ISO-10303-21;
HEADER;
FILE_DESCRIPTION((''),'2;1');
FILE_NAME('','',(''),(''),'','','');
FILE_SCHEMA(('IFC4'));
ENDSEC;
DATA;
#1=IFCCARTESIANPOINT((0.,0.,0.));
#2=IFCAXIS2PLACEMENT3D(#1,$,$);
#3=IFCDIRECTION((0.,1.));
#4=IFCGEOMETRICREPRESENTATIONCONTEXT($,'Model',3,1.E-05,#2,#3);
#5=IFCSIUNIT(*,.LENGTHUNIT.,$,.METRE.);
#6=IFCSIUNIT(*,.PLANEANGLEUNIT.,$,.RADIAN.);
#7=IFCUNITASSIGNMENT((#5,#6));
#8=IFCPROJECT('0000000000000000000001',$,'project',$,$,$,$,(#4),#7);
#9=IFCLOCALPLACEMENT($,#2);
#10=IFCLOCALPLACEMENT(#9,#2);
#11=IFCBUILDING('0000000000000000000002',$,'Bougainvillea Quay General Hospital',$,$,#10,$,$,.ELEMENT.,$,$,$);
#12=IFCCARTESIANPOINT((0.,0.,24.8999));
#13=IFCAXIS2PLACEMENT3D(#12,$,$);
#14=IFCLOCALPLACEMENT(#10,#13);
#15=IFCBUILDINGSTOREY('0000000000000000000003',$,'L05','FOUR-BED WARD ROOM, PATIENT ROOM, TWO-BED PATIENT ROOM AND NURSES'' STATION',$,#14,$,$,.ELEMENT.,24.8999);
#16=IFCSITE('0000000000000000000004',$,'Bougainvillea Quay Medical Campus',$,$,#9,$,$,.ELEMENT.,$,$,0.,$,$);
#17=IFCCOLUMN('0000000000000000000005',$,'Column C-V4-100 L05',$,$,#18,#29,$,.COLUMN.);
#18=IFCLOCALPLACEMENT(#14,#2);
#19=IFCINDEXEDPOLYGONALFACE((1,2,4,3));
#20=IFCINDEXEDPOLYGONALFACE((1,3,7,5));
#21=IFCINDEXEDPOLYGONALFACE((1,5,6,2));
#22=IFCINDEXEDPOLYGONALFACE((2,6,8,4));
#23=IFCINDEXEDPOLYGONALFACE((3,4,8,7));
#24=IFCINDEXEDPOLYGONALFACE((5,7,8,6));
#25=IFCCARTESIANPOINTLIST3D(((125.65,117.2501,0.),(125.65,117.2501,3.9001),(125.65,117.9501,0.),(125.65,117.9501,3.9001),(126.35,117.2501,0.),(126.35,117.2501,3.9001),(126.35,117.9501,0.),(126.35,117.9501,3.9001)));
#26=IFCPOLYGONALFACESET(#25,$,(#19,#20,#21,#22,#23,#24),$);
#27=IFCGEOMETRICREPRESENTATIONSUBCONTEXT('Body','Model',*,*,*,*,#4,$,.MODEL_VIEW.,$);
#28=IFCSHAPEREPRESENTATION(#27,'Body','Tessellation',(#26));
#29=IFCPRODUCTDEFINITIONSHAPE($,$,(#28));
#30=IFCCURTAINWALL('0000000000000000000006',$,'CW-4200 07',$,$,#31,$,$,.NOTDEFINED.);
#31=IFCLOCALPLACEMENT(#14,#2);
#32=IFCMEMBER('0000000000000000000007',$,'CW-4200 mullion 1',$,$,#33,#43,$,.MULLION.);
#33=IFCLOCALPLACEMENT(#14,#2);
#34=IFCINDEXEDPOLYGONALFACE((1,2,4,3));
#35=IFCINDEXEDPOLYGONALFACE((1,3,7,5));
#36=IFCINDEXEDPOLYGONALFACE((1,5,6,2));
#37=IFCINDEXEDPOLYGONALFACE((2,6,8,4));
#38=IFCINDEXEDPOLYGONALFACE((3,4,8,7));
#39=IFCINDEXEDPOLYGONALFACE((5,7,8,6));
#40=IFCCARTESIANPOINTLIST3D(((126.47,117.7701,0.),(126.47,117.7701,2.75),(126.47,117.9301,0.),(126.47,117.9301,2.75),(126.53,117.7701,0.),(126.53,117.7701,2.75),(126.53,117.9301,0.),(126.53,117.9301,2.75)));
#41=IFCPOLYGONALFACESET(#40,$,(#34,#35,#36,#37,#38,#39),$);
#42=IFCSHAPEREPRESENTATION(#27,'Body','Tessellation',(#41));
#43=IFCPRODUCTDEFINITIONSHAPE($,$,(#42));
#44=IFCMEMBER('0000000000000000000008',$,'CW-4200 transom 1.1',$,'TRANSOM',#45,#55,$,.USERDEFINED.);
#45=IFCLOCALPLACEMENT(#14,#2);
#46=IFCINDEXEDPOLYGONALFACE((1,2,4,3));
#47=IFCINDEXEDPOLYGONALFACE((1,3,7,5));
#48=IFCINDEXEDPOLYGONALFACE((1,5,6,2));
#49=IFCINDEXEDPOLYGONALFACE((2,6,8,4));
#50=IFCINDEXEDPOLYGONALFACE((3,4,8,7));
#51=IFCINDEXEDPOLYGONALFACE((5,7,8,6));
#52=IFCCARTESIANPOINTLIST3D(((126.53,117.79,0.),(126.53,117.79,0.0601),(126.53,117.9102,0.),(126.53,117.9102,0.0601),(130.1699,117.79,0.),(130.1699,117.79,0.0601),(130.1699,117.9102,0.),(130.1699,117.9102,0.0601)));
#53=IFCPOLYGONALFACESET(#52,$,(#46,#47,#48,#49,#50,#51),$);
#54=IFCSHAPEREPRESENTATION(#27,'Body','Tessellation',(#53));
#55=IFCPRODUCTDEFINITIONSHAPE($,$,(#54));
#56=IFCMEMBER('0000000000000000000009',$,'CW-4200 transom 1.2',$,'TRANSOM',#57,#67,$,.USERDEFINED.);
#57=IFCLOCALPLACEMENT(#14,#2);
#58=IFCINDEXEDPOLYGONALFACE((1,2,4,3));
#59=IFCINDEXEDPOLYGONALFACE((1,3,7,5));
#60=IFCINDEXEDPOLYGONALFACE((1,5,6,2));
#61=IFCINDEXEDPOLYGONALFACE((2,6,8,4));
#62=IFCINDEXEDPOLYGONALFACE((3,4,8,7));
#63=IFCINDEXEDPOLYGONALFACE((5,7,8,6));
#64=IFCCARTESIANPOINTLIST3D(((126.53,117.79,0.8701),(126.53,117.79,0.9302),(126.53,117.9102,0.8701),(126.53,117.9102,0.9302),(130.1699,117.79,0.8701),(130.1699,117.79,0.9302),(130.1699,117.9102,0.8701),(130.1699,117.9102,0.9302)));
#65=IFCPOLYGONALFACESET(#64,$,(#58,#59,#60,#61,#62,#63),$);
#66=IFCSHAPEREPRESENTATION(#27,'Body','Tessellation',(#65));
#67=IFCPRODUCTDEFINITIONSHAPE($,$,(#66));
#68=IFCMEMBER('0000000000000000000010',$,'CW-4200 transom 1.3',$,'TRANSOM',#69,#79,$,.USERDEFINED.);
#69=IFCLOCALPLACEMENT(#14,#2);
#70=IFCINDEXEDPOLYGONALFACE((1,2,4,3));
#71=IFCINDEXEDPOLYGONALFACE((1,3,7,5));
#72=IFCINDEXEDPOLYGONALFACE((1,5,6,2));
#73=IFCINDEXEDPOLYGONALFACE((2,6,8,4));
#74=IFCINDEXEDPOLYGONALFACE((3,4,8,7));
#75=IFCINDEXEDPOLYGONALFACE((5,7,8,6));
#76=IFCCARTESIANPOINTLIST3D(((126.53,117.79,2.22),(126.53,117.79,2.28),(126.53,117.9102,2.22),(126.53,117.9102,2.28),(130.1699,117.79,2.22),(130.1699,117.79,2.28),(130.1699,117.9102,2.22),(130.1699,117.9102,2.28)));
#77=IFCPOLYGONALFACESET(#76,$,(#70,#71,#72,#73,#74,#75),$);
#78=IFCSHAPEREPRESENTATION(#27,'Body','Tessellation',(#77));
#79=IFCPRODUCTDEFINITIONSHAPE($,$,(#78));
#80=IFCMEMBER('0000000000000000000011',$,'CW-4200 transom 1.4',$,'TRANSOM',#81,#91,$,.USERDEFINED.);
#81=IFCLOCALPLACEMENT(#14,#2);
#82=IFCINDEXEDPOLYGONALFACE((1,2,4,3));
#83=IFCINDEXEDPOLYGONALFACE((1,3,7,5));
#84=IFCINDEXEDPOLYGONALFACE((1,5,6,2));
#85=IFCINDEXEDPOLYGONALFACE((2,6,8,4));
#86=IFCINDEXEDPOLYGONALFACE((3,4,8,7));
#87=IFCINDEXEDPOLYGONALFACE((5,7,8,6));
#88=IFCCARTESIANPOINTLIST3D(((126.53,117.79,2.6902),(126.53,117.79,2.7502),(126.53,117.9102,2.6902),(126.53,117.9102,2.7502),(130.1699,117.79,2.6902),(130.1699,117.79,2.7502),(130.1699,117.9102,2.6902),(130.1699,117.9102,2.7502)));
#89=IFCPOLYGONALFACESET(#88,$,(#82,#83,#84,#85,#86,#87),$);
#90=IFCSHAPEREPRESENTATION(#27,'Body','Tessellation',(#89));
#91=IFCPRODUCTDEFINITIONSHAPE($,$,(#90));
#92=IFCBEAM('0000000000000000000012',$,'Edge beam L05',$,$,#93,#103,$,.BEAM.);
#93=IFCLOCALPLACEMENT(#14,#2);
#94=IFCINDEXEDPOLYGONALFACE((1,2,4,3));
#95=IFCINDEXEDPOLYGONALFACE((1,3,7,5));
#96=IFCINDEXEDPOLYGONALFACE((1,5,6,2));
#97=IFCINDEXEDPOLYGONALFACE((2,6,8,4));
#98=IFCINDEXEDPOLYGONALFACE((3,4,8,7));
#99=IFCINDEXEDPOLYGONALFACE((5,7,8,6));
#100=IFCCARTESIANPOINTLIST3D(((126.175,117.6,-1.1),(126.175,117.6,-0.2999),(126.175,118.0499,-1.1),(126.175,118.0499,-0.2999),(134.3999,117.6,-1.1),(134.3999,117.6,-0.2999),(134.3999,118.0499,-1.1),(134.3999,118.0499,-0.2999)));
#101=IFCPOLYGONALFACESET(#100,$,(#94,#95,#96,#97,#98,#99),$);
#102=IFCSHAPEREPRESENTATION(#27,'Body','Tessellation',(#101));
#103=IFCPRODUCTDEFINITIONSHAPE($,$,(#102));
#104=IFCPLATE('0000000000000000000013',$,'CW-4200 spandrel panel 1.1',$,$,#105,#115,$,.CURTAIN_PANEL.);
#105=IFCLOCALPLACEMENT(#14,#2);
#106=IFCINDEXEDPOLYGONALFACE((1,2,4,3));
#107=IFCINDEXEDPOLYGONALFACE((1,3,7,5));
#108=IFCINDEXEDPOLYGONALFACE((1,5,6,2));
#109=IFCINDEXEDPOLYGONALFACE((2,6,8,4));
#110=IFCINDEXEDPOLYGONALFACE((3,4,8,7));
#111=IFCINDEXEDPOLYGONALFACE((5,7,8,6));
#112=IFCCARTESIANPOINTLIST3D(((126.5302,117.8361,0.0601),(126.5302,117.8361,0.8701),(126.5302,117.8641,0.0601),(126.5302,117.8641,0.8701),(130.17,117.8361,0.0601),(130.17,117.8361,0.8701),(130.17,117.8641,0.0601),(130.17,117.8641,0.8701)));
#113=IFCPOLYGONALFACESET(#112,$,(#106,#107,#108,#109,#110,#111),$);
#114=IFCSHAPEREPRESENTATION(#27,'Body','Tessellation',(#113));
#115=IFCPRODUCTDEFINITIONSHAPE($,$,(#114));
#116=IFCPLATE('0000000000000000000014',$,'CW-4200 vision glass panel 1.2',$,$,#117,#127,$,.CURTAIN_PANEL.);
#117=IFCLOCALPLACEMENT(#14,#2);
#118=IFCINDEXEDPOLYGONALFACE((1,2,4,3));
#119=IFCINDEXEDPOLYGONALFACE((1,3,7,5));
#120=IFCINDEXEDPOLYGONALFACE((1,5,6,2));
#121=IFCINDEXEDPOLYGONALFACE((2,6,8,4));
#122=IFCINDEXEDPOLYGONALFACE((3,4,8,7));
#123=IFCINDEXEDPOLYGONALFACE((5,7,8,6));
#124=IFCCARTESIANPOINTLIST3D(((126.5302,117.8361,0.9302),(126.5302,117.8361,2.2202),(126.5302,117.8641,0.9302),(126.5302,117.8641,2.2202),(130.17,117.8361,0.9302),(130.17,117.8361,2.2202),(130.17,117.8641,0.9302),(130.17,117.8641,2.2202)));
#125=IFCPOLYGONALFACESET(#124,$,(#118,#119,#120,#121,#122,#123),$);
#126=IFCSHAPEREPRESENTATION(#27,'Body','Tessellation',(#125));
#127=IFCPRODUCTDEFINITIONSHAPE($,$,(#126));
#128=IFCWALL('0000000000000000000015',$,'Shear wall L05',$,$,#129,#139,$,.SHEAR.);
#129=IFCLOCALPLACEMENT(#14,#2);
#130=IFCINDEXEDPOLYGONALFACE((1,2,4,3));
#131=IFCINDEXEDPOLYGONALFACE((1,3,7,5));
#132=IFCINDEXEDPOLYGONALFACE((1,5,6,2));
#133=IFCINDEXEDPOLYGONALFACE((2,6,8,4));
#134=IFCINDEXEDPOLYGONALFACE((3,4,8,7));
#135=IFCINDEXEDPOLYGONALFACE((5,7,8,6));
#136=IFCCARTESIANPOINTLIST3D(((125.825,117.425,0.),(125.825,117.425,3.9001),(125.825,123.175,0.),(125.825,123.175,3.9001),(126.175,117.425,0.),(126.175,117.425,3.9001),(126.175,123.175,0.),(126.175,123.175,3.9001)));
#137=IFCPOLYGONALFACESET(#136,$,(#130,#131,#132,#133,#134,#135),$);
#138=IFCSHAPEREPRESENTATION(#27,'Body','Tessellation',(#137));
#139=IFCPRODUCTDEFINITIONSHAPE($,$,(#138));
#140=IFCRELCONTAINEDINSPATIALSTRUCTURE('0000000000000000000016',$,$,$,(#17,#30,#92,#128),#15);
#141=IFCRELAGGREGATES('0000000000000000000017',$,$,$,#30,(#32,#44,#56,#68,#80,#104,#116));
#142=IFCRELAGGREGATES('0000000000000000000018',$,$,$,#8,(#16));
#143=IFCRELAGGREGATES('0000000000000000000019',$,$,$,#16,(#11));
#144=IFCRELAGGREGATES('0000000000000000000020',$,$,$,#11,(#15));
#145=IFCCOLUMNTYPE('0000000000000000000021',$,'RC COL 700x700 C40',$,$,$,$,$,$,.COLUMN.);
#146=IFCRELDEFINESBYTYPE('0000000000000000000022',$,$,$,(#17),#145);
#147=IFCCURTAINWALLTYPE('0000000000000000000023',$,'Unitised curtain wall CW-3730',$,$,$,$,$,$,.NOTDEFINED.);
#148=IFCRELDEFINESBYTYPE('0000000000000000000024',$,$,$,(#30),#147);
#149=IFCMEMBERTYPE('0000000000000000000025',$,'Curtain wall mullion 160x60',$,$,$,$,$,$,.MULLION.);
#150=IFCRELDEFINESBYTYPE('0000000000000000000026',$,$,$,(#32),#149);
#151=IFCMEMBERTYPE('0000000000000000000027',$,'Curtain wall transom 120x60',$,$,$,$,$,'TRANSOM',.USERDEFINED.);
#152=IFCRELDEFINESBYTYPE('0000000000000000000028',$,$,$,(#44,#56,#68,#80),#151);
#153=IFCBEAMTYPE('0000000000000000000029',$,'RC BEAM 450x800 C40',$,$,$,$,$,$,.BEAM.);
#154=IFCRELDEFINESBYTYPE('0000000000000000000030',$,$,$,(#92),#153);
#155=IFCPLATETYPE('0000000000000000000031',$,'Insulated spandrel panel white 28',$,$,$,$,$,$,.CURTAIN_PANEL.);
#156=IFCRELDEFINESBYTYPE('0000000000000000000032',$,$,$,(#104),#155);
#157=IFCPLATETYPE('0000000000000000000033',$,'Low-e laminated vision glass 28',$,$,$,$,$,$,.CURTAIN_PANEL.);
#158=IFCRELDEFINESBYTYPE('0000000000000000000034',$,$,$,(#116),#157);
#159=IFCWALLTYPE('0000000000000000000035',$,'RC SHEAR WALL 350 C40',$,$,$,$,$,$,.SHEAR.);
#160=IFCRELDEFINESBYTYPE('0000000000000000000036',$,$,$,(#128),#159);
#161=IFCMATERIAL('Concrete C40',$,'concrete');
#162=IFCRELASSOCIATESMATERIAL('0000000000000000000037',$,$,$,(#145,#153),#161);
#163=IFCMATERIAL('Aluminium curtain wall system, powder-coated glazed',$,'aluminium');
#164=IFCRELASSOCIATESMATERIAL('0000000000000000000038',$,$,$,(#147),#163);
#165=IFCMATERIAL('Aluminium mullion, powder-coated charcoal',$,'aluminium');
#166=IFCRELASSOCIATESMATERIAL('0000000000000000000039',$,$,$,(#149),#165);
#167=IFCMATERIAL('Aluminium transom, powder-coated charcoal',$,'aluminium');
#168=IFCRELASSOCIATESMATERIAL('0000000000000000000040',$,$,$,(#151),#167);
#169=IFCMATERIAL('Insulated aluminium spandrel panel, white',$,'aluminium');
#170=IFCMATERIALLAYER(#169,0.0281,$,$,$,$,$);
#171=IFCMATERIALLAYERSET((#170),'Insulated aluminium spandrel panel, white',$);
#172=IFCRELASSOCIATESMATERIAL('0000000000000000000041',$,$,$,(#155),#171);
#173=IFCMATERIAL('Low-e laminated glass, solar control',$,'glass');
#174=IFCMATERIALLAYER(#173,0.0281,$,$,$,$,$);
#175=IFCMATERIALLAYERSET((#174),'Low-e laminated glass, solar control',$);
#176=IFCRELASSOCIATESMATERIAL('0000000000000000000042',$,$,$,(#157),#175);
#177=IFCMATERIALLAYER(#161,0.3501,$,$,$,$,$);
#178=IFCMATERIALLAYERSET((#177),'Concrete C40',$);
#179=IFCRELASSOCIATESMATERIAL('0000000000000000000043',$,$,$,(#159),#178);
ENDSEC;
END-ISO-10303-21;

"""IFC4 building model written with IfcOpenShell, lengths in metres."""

from ifc_helpers import new_model, si_unit, direction, frame, frame_2d, origin, origin_2d, place, context, subcontext, project, spatial, rectangle, extrude, material, layer, layer_set, material_profile, profile_set, type_object, element, aggregate, save


model = new_model("IFC4")

# Units and contexts
model_context = context("Model", 3, precision=1e-05, world=origin(), true_north=direction((0.0, 1.0)))
body_context = subcontext(model_context, "Body", "Model", "MODEL_VIEW")
ifc_project = project(units=[si_unit("LENGTHUNIT", "METRE"), si_unit("PLANEANGLEUNIT", "RADIAN")], contexts=[model_context])

# Site, building, storey
site_placement = place(None, origin())
site = spatial("IfcSite", under=ifc_project, at=site_placement, Name="Bougainvillea Quay Medical Campus", CompositionType="ELEMENT", RefElevation=0.0)
building_placement = place(site_placement, origin())
building = spatial("IfcBuilding", under=site, at=building_placement, Name="Bougainvillea Quay General Hospital", CompositionType="ELEMENT")
storey_placement = place(building_placement, frame((0.0, 0.0, 24.8999)))
storey = spatial("IfcBuildingStorey", under=building, at=storey_placement, Name="L05", Description="FOUR-BED WARD ROOM, PATIENT ROOM, TWO-BED PATIENT ROOM AND NURSES' STATION", CompositionType="ELEMENT", Elevation=24.8999)

# Column
ifc_material_1 = material(Name="Concrete C40", Category="concrete")
ifc_material_profile_1 = material_profile(ifc_material_1, rectangle(XDim=0.7, YDim=0.7, at=origin_2d()))
ifc_profile_set_1 = profile_set([ifc_material_profile_1], Name="Concrete C40")
column_type = type_object("IfcColumnType", Name="RC COL 700x700 C40", PredefinedType="COLUMN", material=ifc_profile_set_1)
column_placement = place(storey_placement, frame((126.0, 117.6001, 0.0), z_axis=(0.0, 0.0, 1.0), x_axis=(1.0, 0.0, 0.0)))
element("IfcColumn", 1, at=column_placement, inside=storey, type_object=column_type, Name="Column C-V4-100 L05", PredefinedType="COLUMN", context=body_context, shape_type="SweptSolid", body=[
    extrude(rectangle(XDim=0.7, YDim=0.7, at=origin_2d()), origin(), (0.0, 0.0, 1.0), 3.9001),
])

# Curtain wall, members
ifc_material_2 = material(Name="Aluminium curtain wall system, powder-coated glazed", Category="aluminium")
curtain_wall_type = type_object("IfcCurtainWallType", Name="Unitised curtain wall CW-3730", PredefinedType="NOTDEFINED", material=ifc_material_2)
curtain_wall_placement = place(storey_placement, origin())
curtain_wall = element("IfcCurtainWall", 2, at=curtain_wall_placement, inside=storey, type_object=curtain_wall_type, Name="CW-4200 07", PredefinedType="NOTDEFINED")
ifc_material_3 = material(Name="Aluminium mullion, powder-coated charcoal", Category="aluminium")
ifc_material_profile_2 = material_profile(ifc_material_3, rectangle(XDim=0.1599, YDim=0.0601, at=origin_2d()))
ifc_profile_set_2 = profile_set([ifc_material_profile_2], Name="Aluminium mullion, powder-coated charcoal")
member_type_1 = type_object("IfcMemberType", Name="Curtain wall mullion 160x60", PredefinedType="MULLION", material=ifc_profile_set_2)
member_1_placement = place(storey_placement, frame((126.5, 117.8501, 0.0), z_axis=(0.0, 0.0, 1.0), x_axis=(0.0, 1.0, 0.0)))
member_1 = element("IfcMember", 3, at=member_1_placement, type_object=member_type_1, Name="CW-4200 mullion 1", PredefinedType="MULLION", context=body_context, shape_type="SweptSolid", body=[
    extrude(rectangle(XDim=0.1599, YDim=0.0601, at=origin_2d()), origin(), (0.0, 0.0, 1.0), 2.75),
])
ifc_material_4 = material(Name="Aluminium transom, powder-coated charcoal", Category="aluminium")
ifc_material_profile_3 = material_profile(ifc_material_4, rectangle(XDim=0.1201, YDim=0.0601, at=origin_2d()))
ifc_profile_set_3 = profile_set([ifc_material_profile_3], Name="Aluminium transom, powder-coated charcoal")
member_type_2 = type_object("IfcMemberType", Name="Curtain wall transom 120x60", ElementType="TRANSOM", PredefinedType="USERDEFINED", material=ifc_profile_set_3)
member_2_placement = place(storey_placement, frame((126.53, 117.8501, 0.03), z_axis=(1.0, 0.0, 0.0), x_axis=(0.0, 1.0, 0.0)))
member_2 = element("IfcMember", 4, at=member_2_placement, type_object=member_type_2, Name="CW-4200 transom 1.1", ObjectType="TRANSOM", PredefinedType="USERDEFINED", context=body_context, shape_type="SweptSolid", body=[
    extrude(rectangle(XDim=0.1201, YDim=0.0601, at=origin_2d()), origin(), (0.0, 0.0, 1.0), 3.6399),
])
member_3_placement = place(storey_placement, frame((126.53, 117.8501, 0.9001), z_axis=(1.0, 0.0, 0.0), x_axis=(0.0, 1.0, 0.0)))
member_3 = element("IfcMember", 5, at=member_3_placement, type_object=member_type_2, Name="CW-4200 transom 1.2", ObjectType="TRANSOM", PredefinedType="USERDEFINED", context=body_context, shape_type="SweptSolid", body=[
    extrude(rectangle(XDim=0.1201, YDim=0.0601, at=origin_2d()), origin(), (0.0, 0.0, 1.0), 3.6399),
])
member_4_placement = place(storey_placement, frame((126.53, 117.8501, 2.25), z_axis=(1.0, 0.0, 0.0), x_axis=(0.0, 1.0, 0.0)))
member_4 = element("IfcMember", 6, at=member_4_placement, type_object=member_type_2, Name="CW-4200 transom 1.3", ObjectType="TRANSOM", PredefinedType="USERDEFINED", context=body_context, shape_type="SweptSolid", body=[
    extrude(rectangle(XDim=0.1201, YDim=0.0601, at=origin_2d()), origin(), (0.0, 0.0, 1.0), 3.6399),
])
member_5_placement = place(storey_placement, frame((126.53, 117.8501, 2.7202), z_axis=(1.0, 0.0, 0.0), x_axis=(0.0, 1.0, 0.0)))
member_5 = element("IfcMember", 7, at=member_5_placement, type_object=member_type_2, Name="CW-4200 transom 1.4", ObjectType="TRANSOM", PredefinedType="USERDEFINED", context=body_context, shape_type="SweptSolid", body=[
    extrude(rectangle(XDim=0.1201, YDim=0.0601, at=origin_2d()), origin(), (0.0, 0.0, 1.0), 3.6399),
])

# Beam
ifc_material_profile_4 = material_profile(ifc_material_1, rectangle(XDim=0.45, YDim=0.8, at=origin_2d()))
ifc_profile_set_4 = profile_set([ifc_material_profile_4], Name="Concrete C40")
beam_type = type_object("IfcBeamType", Name="RC BEAM 450x800 C40", PredefinedType="BEAM", material=ifc_profile_set_4)
beam_placement = place(storey_placement, frame((126.175, 117.825, -0.7), z_axis=(1.0, 0.0, 0.0), x_axis=(0.0, 1.0, 0.0)))
element("IfcBeam", 8, at=beam_placement, inside=storey, type_object=beam_type, Name="Edge beam L05", PredefinedType="BEAM", context=body_context, shape_type="SweptSolid", body=[
    extrude(rectangle(XDim=0.45, YDim=0.8, at=origin_2d()), origin(), (0.0, 0.0, 1.0), 8.2249),
])

# Plates
ifc_material_5 = material(Name="Insulated aluminium spandrel panel, white", Category="aluminium")
ifc_layer_1 = layer(ifc_material_5, 0.0281)
ifc_layer_set_1 = layer_set([ifc_layer_1], Name="Insulated aluminium spandrel panel, white")
plate_type_1 = type_object("IfcPlateType", Name="Insulated spandrel panel white 28", PredefinedType="CURTAIN_PANEL", material=ifc_layer_set_1)
plate_1_placement = place(storey_placement, frame((128.3501, 117.8501, 0.0601), z_axis=(0.0, 0.0, 1.0), x_axis=(1.0, 0.0, 0.0)))
plate_1 = element("IfcPlate", 9, at=plate_1_placement, type_object=plate_type_1, Name="CW-4200 spandrel panel 1.1", PredefinedType="CURTAIN_PANEL", context=body_context, shape_type="SweptSolid", body=[
    extrude(rectangle(XDim=3.6399, YDim=0.0281, at=origin_2d()), origin(), (0.0, 0.0, 1.0), 0.8101),
])
ifc_material_6 = material(Name="Low-e laminated glass, solar control", Category="glass")
ifc_layer_2 = layer(ifc_material_6, 0.0281)
ifc_layer_set_2 = layer_set([ifc_layer_2], Name="Low-e laminated glass, solar control")
plate_type_2 = type_object("IfcPlateType", Name="Low-e laminated vision glass 28", PredefinedType="CURTAIN_PANEL", material=ifc_layer_set_2)
plate_2_placement = place(storey_placement, frame((128.3501, 117.8501, 0.9302), z_axis=(0.0, 0.0, 1.0), x_axis=(1.0, 0.0, 0.0)))
plate_2 = element("IfcPlate", 10, at=plate_2_placement, type_object=plate_type_2, Name="CW-4200 vision glass panel 1.2", PredefinedType="CURTAIN_PANEL", context=body_context, shape_type="SweptSolid", body=[
    extrude(rectangle(XDim=3.6399, YDim=0.0281, at=origin_2d()), origin(), (0.0, 0.0, 1.0), 1.29),
])
aggregate(curtain_wall, [member_1, member_2, member_3, member_4, member_5, plate_1, plate_2])

# Wall
ifc_layer_3 = layer(ifc_material_1, 0.3501)
ifc_layer_set_3 = layer_set([ifc_layer_3], Name="Concrete C40")
wall_type = type_object("IfcWallType", Name="RC SHEAR WALL 350 C40", PredefinedType="SHEAR", material=ifc_layer_set_3)
wall_placement = place(storey_placement, frame((126.0, 117.425, 0.0), z_axis=(0.0, 0.0, 1.0), x_axis=(0.0, 1.0, 0.0)))
element("IfcWall", 11, at=wall_placement, inside=storey, type_object=wall_type, Name="Shear wall L05", PredefinedType="SHEAR", context=body_context, shape_type="SweptSolid", body=[
    extrude(rectangle(XDim=5.75, YDim=0.3501, at=frame_2d((2.875, 0.0))), origin(), (0.0, 0.0, 1.0), 3.9001),
])

save(model, "model.ifc")
